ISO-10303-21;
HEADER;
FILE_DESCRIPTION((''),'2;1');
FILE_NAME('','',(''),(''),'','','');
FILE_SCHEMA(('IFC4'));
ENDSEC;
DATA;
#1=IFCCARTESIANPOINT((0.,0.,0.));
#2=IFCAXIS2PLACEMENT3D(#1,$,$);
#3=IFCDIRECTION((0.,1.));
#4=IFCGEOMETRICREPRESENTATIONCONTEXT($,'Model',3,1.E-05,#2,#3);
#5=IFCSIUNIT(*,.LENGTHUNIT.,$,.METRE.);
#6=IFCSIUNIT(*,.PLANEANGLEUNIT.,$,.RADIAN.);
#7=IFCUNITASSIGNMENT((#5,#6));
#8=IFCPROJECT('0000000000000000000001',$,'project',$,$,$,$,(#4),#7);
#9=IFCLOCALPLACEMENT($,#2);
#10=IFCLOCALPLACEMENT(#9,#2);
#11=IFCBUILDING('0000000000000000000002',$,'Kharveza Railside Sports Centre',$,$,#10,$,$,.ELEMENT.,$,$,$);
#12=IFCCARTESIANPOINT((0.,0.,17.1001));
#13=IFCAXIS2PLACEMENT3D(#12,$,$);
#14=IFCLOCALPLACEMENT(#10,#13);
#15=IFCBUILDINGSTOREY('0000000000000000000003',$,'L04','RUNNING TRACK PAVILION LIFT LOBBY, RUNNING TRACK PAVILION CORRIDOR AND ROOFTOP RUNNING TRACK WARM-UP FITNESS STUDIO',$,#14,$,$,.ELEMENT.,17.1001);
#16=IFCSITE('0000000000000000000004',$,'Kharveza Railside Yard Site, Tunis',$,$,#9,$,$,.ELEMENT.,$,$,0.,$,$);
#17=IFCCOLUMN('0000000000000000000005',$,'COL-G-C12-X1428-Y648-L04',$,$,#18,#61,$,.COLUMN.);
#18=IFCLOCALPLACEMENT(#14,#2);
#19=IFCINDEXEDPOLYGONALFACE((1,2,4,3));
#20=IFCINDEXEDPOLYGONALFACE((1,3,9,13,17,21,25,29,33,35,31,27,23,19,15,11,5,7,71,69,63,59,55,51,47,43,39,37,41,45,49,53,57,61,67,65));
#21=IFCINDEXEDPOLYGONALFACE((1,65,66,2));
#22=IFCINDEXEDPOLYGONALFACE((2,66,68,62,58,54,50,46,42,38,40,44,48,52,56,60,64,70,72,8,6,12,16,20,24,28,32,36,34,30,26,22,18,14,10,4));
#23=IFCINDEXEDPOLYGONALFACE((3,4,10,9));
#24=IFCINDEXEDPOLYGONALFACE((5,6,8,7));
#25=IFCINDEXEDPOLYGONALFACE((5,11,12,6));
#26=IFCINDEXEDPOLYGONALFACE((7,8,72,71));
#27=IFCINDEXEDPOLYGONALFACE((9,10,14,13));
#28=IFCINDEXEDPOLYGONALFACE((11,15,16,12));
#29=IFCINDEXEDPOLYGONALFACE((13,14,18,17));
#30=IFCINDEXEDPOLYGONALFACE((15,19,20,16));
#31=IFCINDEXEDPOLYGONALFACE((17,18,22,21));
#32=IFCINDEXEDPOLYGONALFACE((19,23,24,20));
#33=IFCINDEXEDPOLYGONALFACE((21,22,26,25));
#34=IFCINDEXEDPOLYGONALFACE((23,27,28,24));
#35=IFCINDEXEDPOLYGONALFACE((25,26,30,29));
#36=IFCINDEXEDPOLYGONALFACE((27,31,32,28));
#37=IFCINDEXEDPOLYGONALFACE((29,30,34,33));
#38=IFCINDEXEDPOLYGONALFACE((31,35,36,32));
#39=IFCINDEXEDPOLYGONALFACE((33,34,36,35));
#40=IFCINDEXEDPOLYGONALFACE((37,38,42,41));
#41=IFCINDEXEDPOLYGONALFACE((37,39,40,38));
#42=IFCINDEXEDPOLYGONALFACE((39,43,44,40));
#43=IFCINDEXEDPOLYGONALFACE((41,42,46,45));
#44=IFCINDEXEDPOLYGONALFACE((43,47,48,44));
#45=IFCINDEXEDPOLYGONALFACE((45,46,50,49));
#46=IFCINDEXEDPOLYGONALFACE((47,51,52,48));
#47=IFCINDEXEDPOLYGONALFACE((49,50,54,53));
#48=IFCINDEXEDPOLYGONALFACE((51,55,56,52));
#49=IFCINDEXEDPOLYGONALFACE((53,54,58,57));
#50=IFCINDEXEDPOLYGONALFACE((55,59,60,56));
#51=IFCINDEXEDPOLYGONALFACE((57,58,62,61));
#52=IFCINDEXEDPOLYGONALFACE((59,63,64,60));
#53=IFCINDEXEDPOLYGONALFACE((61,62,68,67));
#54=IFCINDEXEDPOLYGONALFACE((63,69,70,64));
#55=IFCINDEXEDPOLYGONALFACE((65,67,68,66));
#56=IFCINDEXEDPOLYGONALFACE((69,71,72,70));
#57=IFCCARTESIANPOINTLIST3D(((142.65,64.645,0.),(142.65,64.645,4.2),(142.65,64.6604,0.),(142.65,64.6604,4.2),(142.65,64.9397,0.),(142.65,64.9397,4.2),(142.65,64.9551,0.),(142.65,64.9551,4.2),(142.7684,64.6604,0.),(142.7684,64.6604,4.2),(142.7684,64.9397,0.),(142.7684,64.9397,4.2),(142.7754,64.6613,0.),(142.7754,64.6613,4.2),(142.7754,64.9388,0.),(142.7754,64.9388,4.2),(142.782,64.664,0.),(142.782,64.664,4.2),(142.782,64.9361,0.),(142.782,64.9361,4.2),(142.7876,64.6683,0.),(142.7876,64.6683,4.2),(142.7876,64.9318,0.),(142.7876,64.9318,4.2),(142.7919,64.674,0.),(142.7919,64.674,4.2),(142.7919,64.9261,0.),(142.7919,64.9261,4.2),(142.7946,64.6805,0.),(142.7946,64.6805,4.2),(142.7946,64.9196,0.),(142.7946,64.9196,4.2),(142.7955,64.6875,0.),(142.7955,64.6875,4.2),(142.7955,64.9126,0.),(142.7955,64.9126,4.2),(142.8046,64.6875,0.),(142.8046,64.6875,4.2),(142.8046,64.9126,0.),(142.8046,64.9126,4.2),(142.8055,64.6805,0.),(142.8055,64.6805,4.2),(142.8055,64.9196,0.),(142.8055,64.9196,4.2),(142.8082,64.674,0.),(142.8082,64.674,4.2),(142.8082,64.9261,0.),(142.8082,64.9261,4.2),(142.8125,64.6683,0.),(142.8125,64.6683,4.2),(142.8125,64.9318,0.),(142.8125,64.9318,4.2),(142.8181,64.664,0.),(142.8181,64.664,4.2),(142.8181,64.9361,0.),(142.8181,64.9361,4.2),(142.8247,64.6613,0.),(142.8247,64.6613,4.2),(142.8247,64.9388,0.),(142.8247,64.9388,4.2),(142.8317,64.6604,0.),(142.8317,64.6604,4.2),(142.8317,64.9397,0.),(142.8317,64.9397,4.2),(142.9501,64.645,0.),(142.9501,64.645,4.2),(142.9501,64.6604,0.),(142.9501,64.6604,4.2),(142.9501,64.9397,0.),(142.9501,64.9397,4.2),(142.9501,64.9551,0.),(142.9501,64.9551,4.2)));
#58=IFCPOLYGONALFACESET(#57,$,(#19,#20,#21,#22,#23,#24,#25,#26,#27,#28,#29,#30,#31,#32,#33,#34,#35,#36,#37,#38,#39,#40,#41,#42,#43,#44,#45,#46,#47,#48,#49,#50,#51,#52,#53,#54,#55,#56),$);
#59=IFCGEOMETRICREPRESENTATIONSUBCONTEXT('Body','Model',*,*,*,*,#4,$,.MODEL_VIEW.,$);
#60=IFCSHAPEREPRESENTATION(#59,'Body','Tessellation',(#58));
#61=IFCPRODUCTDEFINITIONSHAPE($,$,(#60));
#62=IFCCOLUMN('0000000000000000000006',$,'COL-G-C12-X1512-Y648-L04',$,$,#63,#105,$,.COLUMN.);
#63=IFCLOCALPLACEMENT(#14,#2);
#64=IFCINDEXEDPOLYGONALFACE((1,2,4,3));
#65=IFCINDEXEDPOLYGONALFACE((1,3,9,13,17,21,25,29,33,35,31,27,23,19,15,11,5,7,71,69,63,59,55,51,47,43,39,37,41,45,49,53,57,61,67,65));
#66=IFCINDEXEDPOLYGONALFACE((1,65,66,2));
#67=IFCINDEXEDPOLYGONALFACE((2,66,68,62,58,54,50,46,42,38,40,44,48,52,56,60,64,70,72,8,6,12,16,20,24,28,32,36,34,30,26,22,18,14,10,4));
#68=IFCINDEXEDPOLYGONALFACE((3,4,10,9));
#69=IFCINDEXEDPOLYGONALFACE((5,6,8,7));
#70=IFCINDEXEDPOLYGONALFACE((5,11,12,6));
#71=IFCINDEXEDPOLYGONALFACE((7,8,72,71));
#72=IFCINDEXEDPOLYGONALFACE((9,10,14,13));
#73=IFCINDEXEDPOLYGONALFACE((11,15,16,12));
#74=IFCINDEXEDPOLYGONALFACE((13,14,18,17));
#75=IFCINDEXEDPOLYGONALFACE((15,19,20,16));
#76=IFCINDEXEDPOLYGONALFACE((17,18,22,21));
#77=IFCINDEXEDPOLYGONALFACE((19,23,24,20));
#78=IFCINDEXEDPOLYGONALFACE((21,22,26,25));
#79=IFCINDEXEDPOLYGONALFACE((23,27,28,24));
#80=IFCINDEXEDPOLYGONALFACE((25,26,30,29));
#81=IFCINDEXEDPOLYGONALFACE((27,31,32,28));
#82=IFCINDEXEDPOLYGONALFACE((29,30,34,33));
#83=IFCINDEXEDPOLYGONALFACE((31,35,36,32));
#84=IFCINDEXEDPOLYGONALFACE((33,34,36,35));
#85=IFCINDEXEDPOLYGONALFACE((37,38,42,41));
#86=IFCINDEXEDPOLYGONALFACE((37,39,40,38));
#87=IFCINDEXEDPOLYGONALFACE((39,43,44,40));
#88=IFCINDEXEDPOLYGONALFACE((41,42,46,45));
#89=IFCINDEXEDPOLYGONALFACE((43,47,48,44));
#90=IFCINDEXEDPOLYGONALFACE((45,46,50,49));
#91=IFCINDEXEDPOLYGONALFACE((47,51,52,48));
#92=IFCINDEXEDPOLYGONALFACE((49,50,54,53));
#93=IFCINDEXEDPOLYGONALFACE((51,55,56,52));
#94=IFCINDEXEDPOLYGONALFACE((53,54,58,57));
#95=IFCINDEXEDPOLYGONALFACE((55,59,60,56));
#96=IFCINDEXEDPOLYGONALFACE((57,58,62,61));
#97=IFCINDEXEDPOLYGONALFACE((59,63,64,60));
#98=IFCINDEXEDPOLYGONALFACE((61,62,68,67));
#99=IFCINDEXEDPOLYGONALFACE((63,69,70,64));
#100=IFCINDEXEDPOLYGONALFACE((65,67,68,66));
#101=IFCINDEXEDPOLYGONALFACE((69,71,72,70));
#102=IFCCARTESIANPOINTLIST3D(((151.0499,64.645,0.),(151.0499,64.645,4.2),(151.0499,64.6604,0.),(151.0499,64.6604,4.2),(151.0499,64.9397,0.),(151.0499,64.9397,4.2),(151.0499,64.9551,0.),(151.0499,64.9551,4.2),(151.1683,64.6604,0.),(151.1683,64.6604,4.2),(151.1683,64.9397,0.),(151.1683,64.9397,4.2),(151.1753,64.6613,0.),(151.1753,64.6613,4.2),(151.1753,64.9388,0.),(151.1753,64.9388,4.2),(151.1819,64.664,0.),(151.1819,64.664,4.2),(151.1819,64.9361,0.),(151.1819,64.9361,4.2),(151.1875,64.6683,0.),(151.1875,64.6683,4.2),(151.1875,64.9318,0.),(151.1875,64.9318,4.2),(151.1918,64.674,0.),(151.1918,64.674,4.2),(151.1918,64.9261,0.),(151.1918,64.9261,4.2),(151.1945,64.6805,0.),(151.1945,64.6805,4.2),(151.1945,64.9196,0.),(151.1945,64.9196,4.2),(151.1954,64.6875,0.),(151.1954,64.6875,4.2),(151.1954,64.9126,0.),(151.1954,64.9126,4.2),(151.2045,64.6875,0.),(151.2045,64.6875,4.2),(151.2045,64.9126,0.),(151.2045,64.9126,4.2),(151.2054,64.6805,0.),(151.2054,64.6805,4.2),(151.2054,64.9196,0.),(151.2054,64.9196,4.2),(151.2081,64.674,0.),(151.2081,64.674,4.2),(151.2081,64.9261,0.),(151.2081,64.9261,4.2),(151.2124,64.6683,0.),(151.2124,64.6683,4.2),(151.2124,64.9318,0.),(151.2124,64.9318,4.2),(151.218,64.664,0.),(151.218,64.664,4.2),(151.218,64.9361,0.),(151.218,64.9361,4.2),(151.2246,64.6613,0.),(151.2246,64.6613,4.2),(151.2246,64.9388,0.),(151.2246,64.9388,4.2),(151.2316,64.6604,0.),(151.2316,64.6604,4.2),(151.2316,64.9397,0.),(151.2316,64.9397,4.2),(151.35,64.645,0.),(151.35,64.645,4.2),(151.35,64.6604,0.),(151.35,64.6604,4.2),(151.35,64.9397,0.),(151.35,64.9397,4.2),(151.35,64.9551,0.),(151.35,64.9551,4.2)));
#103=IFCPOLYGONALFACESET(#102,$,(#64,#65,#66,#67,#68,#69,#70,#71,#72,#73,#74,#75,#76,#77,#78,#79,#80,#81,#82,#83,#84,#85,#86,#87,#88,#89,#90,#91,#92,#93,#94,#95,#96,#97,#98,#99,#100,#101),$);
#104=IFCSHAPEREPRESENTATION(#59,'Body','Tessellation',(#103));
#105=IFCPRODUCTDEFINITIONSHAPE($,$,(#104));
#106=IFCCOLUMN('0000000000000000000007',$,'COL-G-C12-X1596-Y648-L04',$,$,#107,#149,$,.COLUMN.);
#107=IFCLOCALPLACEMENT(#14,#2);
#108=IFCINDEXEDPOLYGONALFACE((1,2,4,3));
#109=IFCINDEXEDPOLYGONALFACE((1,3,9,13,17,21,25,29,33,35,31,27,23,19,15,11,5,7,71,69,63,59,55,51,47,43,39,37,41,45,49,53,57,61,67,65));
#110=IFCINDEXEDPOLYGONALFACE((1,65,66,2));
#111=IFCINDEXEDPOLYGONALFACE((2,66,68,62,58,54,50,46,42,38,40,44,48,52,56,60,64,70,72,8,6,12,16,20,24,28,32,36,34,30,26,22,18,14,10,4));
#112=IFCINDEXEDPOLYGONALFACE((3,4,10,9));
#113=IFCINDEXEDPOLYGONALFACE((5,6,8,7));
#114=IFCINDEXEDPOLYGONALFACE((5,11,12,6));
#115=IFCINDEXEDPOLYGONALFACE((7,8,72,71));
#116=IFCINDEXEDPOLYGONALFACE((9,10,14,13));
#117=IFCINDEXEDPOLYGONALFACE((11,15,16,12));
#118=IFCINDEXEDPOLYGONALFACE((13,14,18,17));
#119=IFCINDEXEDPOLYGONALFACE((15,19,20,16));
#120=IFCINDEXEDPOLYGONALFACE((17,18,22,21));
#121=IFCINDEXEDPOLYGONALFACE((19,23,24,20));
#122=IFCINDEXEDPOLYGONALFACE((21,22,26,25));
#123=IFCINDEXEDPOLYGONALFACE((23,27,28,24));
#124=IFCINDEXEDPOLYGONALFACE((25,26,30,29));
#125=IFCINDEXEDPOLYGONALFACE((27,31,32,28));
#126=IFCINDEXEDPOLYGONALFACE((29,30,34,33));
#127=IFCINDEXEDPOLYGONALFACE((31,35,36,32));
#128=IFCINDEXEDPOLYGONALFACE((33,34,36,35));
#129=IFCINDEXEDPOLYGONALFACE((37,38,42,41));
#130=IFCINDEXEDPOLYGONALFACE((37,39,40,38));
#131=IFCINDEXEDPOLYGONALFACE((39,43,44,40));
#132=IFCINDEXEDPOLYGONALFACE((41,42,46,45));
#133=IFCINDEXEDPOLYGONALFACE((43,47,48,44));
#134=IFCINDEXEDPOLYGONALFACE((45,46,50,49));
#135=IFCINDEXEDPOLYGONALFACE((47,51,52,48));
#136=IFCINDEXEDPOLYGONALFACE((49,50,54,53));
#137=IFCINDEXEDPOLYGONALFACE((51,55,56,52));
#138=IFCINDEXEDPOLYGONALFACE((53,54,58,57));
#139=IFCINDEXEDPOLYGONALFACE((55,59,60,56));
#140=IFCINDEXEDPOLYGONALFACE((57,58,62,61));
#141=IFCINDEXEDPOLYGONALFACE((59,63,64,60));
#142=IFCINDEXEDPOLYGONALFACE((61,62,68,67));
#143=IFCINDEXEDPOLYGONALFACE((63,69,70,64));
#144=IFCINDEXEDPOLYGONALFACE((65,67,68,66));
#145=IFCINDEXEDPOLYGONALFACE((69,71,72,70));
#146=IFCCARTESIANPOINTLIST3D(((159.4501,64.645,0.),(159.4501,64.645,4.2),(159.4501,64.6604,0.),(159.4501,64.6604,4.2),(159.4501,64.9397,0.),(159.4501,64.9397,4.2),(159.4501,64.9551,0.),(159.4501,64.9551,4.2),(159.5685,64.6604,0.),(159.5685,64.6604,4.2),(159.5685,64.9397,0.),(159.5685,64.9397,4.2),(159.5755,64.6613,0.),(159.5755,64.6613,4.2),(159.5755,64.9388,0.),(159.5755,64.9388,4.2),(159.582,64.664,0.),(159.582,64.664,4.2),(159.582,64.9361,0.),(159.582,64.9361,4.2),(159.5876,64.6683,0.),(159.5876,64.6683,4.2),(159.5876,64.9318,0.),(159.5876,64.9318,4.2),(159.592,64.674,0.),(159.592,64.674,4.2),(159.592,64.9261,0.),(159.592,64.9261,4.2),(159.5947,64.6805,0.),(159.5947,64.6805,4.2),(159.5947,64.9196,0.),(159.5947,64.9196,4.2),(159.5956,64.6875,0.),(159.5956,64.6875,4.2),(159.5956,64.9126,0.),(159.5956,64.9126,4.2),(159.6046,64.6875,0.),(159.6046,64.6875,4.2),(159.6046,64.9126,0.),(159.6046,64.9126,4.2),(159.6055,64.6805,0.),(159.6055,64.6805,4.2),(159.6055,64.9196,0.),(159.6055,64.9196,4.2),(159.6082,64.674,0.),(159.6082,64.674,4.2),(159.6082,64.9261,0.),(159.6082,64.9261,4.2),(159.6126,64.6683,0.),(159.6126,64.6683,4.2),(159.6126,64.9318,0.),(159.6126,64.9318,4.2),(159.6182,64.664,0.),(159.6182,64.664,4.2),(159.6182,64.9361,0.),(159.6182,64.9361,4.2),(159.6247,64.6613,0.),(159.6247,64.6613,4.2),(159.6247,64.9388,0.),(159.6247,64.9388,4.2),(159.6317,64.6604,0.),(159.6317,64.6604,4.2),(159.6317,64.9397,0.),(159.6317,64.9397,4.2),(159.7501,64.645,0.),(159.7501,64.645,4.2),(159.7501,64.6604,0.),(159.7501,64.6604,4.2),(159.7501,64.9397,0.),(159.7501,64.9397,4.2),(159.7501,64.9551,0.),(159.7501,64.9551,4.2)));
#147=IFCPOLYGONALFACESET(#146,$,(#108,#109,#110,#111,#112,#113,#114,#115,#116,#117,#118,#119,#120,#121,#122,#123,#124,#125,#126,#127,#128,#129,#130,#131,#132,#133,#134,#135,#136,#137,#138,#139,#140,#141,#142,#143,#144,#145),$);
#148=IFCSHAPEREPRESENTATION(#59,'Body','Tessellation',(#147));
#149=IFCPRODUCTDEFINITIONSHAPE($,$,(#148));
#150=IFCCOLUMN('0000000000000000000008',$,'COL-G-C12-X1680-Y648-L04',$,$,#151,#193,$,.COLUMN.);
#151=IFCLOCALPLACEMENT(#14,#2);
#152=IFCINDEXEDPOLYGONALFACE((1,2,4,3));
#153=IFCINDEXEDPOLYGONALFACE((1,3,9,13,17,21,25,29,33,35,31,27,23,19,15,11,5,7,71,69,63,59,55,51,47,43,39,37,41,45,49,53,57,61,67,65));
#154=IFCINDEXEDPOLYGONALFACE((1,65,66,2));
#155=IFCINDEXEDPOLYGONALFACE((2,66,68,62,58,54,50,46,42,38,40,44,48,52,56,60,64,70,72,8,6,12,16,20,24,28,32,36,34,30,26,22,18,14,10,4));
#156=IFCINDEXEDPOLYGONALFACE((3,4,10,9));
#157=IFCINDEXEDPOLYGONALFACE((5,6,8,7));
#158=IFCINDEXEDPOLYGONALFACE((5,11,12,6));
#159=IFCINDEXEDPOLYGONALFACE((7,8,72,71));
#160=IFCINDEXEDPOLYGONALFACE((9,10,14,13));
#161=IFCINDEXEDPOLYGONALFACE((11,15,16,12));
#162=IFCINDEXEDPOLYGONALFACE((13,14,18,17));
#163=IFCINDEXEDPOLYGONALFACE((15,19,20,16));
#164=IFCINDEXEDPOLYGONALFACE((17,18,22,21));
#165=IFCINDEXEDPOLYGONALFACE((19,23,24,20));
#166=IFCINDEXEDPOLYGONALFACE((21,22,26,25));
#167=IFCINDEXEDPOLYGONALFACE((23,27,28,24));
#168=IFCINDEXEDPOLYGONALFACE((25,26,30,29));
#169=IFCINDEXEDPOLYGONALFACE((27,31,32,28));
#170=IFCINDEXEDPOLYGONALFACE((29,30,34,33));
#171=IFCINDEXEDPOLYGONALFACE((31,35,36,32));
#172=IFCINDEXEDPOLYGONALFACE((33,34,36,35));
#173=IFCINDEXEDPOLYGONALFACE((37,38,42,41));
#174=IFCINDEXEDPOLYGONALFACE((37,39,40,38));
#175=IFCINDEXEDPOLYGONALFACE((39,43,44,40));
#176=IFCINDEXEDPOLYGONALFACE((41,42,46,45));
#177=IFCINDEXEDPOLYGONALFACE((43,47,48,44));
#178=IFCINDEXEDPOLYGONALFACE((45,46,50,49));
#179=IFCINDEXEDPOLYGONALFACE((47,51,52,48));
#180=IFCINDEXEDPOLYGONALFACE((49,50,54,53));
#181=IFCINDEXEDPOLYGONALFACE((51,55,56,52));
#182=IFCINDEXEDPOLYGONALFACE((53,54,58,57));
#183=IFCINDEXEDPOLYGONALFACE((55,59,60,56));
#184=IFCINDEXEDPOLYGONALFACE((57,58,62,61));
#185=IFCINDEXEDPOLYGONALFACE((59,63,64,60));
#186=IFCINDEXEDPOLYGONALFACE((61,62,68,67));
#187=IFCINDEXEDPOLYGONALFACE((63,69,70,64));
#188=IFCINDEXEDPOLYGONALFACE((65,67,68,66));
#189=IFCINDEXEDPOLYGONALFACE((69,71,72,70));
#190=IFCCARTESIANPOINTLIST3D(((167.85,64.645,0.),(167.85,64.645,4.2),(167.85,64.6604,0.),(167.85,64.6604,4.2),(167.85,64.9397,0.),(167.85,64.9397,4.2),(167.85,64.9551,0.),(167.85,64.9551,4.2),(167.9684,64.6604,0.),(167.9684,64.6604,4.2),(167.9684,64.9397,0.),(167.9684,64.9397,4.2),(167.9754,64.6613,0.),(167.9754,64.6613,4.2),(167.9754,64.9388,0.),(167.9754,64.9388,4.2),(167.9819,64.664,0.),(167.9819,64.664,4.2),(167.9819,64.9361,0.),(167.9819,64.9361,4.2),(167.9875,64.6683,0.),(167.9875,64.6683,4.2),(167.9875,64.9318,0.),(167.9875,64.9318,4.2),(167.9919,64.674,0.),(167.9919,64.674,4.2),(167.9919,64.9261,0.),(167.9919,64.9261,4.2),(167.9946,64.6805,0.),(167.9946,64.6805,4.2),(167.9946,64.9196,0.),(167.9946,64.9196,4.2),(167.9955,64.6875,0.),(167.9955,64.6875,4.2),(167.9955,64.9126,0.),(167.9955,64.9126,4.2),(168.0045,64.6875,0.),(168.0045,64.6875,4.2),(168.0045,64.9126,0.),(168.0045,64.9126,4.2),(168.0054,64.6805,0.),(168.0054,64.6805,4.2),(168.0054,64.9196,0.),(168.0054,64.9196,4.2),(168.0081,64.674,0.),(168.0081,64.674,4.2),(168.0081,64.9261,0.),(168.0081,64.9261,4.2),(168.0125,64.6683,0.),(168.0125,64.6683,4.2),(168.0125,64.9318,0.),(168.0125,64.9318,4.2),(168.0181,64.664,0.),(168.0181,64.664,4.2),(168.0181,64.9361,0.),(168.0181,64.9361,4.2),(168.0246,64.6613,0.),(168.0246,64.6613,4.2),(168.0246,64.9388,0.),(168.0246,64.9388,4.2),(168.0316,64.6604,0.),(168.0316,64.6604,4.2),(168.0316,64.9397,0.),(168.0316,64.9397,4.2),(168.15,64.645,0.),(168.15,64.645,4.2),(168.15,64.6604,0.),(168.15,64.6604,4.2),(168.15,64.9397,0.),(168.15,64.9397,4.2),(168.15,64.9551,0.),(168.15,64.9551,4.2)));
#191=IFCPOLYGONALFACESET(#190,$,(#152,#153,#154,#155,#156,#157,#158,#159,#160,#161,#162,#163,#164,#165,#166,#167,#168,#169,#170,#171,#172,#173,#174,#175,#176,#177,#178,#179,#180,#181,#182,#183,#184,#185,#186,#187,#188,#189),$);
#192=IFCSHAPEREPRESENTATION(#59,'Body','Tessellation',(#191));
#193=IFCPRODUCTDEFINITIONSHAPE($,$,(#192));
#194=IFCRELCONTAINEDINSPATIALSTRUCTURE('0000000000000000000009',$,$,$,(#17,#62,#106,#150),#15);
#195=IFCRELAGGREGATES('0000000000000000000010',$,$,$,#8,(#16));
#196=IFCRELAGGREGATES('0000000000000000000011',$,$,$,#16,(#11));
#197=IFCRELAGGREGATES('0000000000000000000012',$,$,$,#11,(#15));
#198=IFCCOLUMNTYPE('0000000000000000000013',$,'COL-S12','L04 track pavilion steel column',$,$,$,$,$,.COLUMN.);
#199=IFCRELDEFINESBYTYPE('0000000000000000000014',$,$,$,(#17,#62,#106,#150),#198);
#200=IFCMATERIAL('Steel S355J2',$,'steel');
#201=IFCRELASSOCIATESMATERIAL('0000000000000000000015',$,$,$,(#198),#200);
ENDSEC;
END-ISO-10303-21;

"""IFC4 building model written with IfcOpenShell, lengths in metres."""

from ifc_helpers import new_model, si_unit, direction, frame, origin, origin_2d, place, context, subcontext, project, spatial, i_section, extrude, material, material_profile, profile_set, type_object, element, save


model = new_model("IFC4")

# Units and contexts
model_context = context("Model", 3, precision=1e-05, world=origin(), true_north=direction((0.0, 1.0)))
body_context = subcontext(model_context, "Body", "Model", "MODEL_VIEW")
ifc_project = project(units=[si_unit("LENGTHUNIT", "METRE"), si_unit("PLANEANGLEUNIT", "RADIAN")], contexts=[model_context])

# Site, building, storey
site_placement = place(None, origin())
site = spatial("IfcSite", under=ifc_project, at=site_placement, Name="Kharveza Railside Yard Site, Tunis", CompositionType="ELEMENT", RefElevation=0.0)
building_placement = place(site_placement, origin())
building = spatial("IfcBuilding", under=site, at=building_placement, Name="Kharveza Railside Sports Centre", CompositionType="ELEMENT")
storey_placement = place(building_placement, frame((0.0, 0.0, 17.1001)))
storey = spatial("IfcBuildingStorey", under=building, at=storey_placement, Name="L04", Description="RUNNING TRACK PAVILION LIFT LOBBY, RUNNING TRACK PAVILION CORRIDOR AND ROOFTOP RUNNING TRACK WARM-UP FITNESS STUDIO", CompositionType="ELEMENT", Elevation=17.1001)

# Columns
ifc_material_1 = material(Name="Steel S355J2", Category="steel")
ifc_material_profile_1 = material_profile(ifc_material_1, i_section(OverallWidth=0.3, OverallDepth=0.3101, WebThickness=0.009, FlangeThickness=0.0154, FilletRadius=0.0271, at=origin_2d()), Name="HEA 320")
ifc_profile_set_1 = profile_set([ifc_material_profile_1], Name="Steel S355J2")
column_type = type_object("IfcColumnType", Name="COL-S12", Description="L04 track pavilion steel column", PredefinedType="COLUMN", material=ifc_profile_set_1)
for number, where, z_axis, x_axis, name in (
    (1, (142.8, 64.8, 0.0), (0.0, 0.0, 1.0), (1.0, 0.0, 0.0), "COL-G-C12-X1428-Y648-L04"),
    (2, (151.2, 64.8, 0.0), (0.0, 0.0, 1.0), (1.0, 0.0, 0.0), "COL-G-C12-X1512-Y648-L04"),
    (3, (159.6001, 64.8, 0.0), (0.0, 0.0, 1.0), (1.0, 0.0, 0.0), "COL-G-C12-X1596-Y648-L04"),
    (4, (168.0, 64.8, 0.0), (0.0, 0.0, 1.0), (1.0, 0.0, 0.0), "COL-G-C12-X1680-Y648-L04"),
):
    element("IfcColumn", number, at=place(storey_placement, frame(where, z_axis=z_axis, x_axis=x_axis)), inside=storey, type_object=column_type, Name=name, PredefinedType="COLUMN", context=body_context, shape_type="SweptSolid", body=[
        extrude(i_section(OverallWidth=0.3, OverallDepth=0.3101, WebThickness=0.009, FlangeThickness=0.0154, FilletRadius=0.0271, at=origin_2d()), origin(), (0.0, 0.0, 1.0), 4.2),
    ])

save(model, "model.ifc")
